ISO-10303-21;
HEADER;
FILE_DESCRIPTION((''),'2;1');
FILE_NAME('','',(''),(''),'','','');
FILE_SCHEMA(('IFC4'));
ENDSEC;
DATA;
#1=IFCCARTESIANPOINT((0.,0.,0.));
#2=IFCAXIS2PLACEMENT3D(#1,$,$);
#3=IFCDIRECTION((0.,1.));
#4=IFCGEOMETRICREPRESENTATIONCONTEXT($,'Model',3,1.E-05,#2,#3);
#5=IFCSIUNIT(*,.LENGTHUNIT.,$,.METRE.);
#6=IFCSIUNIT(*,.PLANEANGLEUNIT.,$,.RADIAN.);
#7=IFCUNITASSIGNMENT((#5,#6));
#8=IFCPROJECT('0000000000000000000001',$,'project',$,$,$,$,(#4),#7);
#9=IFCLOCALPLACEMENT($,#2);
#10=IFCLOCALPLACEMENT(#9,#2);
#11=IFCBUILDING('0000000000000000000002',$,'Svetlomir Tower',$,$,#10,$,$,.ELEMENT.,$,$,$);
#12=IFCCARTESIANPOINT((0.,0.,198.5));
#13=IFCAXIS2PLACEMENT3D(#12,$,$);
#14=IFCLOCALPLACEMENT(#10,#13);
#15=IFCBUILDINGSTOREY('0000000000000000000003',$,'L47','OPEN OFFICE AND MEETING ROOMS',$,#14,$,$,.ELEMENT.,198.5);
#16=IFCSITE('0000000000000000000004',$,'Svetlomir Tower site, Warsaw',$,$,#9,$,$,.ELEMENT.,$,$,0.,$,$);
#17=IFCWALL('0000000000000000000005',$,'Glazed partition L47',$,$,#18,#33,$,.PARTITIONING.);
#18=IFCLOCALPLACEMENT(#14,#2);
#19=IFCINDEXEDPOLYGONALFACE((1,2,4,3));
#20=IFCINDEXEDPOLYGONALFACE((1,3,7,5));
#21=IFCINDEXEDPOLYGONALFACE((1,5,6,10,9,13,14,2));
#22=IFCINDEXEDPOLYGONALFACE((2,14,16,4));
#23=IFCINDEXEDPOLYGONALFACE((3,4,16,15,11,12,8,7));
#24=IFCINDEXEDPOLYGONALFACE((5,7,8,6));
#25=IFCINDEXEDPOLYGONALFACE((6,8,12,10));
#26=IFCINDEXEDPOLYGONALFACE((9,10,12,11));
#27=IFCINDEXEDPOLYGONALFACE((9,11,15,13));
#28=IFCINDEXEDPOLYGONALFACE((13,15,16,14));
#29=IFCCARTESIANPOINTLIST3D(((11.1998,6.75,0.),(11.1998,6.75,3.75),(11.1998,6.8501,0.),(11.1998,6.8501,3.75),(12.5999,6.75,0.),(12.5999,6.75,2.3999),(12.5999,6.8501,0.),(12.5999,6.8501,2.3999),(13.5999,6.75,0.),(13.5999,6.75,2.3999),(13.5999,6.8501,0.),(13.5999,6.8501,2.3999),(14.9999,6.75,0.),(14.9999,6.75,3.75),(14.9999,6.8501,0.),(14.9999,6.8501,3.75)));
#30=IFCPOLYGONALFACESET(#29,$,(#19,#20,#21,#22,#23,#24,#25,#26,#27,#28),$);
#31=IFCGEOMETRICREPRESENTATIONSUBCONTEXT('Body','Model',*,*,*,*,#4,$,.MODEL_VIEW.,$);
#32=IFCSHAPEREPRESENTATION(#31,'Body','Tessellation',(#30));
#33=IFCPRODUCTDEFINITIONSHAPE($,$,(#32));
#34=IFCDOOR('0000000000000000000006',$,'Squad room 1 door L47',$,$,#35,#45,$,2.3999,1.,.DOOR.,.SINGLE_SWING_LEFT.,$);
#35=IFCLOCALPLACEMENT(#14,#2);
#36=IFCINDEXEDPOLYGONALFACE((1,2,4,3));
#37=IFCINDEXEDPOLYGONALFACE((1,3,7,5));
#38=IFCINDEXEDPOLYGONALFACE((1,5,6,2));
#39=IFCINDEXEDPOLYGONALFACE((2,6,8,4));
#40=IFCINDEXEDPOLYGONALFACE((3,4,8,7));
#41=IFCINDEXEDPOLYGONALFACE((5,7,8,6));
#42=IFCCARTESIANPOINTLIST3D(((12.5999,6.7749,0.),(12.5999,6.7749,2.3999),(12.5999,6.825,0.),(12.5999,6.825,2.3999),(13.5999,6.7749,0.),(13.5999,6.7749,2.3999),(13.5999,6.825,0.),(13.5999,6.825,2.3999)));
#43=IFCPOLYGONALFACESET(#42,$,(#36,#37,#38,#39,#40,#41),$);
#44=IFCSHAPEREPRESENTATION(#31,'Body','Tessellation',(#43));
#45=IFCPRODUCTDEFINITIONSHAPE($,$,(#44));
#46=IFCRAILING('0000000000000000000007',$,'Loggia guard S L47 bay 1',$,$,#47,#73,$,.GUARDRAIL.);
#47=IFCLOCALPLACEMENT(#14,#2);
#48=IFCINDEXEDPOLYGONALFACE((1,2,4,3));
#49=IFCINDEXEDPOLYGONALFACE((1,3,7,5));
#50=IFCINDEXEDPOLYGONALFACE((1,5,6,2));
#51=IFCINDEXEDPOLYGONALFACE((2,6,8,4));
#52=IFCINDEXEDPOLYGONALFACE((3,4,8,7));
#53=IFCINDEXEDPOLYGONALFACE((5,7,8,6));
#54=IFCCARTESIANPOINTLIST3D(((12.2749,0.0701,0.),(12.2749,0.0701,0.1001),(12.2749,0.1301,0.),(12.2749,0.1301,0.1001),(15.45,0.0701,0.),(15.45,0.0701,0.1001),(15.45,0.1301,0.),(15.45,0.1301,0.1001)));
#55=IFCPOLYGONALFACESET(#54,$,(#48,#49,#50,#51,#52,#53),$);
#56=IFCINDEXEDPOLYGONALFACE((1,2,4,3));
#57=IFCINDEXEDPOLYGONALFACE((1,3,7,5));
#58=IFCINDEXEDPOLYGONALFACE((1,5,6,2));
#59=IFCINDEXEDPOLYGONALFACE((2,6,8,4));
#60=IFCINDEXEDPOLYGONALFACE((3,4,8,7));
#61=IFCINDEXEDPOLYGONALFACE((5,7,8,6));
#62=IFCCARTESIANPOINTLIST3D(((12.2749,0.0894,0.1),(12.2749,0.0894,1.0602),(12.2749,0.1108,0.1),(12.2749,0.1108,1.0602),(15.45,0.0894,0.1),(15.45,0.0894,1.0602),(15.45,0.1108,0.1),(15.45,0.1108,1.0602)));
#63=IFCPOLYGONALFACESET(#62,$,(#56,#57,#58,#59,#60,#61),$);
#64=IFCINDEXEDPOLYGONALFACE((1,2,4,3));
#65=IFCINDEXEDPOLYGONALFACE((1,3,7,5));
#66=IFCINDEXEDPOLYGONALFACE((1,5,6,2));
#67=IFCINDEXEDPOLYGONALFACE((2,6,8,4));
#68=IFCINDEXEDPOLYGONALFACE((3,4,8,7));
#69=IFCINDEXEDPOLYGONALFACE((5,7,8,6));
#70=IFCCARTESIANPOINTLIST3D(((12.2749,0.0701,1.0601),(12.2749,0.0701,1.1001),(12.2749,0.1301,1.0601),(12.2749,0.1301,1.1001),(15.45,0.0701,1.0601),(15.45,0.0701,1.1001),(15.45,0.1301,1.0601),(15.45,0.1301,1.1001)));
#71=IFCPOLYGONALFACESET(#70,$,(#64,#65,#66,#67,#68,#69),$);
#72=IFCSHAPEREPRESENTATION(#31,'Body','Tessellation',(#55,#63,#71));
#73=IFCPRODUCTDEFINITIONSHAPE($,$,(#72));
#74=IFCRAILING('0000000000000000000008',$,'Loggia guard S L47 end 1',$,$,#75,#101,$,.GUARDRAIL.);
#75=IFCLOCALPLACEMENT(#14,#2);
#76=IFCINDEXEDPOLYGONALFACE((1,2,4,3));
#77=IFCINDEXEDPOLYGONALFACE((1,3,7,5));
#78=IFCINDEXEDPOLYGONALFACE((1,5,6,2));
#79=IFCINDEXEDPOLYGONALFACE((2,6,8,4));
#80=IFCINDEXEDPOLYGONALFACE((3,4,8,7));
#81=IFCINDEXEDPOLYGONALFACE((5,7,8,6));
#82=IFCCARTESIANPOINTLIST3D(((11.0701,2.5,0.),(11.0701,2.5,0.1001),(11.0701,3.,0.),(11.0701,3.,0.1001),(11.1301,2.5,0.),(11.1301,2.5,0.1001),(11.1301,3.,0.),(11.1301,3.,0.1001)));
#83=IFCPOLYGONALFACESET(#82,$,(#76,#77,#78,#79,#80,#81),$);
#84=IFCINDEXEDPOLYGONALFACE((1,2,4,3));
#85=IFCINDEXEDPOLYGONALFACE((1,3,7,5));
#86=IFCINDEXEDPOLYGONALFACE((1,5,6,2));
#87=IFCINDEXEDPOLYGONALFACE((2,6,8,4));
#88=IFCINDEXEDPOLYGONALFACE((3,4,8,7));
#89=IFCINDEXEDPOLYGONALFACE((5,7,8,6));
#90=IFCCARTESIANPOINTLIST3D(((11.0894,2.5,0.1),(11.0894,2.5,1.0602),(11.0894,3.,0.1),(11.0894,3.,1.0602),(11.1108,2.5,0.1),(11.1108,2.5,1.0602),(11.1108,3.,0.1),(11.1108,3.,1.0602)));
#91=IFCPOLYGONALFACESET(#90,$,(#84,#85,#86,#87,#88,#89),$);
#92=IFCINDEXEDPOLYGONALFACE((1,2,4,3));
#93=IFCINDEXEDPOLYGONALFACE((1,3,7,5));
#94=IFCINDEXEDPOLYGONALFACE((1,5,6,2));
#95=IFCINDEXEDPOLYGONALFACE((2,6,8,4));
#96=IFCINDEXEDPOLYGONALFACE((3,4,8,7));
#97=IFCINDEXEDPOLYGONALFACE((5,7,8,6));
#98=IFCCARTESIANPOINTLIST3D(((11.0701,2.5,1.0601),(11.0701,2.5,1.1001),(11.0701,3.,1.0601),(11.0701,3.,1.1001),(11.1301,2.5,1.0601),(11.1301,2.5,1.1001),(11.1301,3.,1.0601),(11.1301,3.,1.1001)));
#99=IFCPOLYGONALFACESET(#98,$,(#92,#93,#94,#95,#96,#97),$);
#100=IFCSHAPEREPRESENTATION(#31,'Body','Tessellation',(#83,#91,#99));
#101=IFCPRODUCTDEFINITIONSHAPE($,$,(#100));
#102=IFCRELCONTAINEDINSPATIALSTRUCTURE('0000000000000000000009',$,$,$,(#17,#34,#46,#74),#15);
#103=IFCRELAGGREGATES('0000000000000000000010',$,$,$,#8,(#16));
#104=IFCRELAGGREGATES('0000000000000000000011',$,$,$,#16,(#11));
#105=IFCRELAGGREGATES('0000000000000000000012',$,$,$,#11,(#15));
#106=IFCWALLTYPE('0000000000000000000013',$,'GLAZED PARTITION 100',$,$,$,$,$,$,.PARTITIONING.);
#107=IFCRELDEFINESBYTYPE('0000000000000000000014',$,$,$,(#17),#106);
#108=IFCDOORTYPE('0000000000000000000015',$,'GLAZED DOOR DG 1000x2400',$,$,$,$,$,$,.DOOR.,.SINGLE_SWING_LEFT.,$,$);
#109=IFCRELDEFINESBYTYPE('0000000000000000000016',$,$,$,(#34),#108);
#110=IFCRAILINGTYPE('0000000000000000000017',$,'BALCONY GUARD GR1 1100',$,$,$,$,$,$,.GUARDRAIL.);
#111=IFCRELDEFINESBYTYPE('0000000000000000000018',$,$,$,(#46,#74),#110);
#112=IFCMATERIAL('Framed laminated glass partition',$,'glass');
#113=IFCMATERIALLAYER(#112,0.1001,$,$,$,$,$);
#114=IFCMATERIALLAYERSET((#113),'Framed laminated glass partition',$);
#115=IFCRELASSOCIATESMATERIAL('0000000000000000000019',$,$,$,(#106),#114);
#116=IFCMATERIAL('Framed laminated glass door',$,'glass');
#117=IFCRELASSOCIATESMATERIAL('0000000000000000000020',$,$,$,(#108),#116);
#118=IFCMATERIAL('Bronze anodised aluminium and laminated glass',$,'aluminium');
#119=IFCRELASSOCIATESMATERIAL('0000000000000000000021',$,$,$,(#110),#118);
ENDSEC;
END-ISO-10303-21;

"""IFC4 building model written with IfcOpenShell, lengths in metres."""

from ifc_helpers import new_model, si_unit, direction, frame, frame_2d, origin, origin_2d, place, context, subcontext, project, spatial, rectangle, extrude, material, layer, layer_set, type_object, element, fill, save


model = new_model("IFC4")

# Units and contexts
model_context = context("Model", 3, precision=1e-05, world=origin(), true_north=direction((0.0, 1.0)))
body_context = subcontext(model_context, "Body", "Model", "MODEL_VIEW")
ifc_project = project(units=[si_unit("LENGTHUNIT", "METRE"), si_unit("PLANEANGLEUNIT", "RADIAN")], contexts=[model_context])

# Site, building, storey
site_placement = place(None, origin())
site = spatial("IfcSite", under=ifc_project, at=site_placement, Name="Svetlomir Tower site, Warsaw", CompositionType="ELEMENT", RefElevation=0.0)
building_placement = place(site_placement, origin())
building = spatial("IfcBuilding", under=site, at=building_placement, Name="Svetlomir Tower", CompositionType="ELEMENT")
storey_placement = place(building_placement, frame((0.0, 0.0, 198.5)))
storey = spatial("IfcBuildingStorey", under=building, at=storey_placement, Name="L47", Description="OPEN OFFICE AND MEETING ROOMS", CompositionType="ELEMENT", Elevation=198.5)

# Shared definitions
ifc_material_1 = material(Name="Framed laminated glass partition", Category="glass")
ifc_layer_1 = layer(ifc_material_1, 0.1001)
ifc_layer_set_1 = layer_set([ifc_layer_1], Name="Framed laminated glass partition")
wall_type = type_object("IfcWallType", Name="GLAZED PARTITION 100", PredefinedType="PARTITIONING", material=ifc_layer_set_1)

# Wall, opening, door
wall_1_placement = place(storey_placement, frame((11.2, 6.8, 0.0), z_axis=(0.0, 0.0, 1.0), x_axis=(1.0, 0.0, 0.0)))
wall_1 = element("IfcWall", 1, at=wall_1_placement, inside=storey, type_object=wall_type, Name="Glazed partition L47", PredefinedType="PARTITIONING", context=body_context, shape_type="SweptSolid", body=[
    extrude(rectangle(XDim=3.8, YDim=0.1001, at=frame_2d((1.8999, 0.0))), origin(), (0.0, 0.0, 1.0), 3.75),
])
opening_placement = place(wall_1_placement, frame((1.3999, 0.0, 0.0)))
opening = element("IfcOpeningElement", 2, at=opening_placement, cuts=wall_1, PredefinedType="OPENING", context=body_context, shape_type="SweptSolid", body=[
    extrude(rectangle(XDim=1.0, YDim=2.3999, at=frame_2d((0.5, 1.2))), frame((0.0, 0.0601, 0.0), z_axis=(0.0, -1.0, 0.0), x_axis=(1.0, 0.0, 0.0)), (0.0, 0.0, 1.0), 0.1201),
])
ifc_material_2 = material(Name="Framed laminated glass door", Category="glass")
door_type = type_object("IfcDoorType", Name="GLAZED DOOR DG 1000x2400", OperationType="SINGLE_SWING_LEFT", PredefinedType="DOOR", material=ifc_material_2)
door_placement = place(opening_placement, origin())
door = element("IfcDoor", 3, at=door_placement, inside=storey, type_object=door_type, Name="Squad room 1 door L47", OperationType="SINGLE_SWING_LEFT", OverallHeight=2.3999, OverallWidth=1.0, PredefinedType="DOOR", context=body_context, shape_type="SweptSolid", body=[
    extrude(rectangle(XDim=1.0, YDim=2.3999, at=frame_2d((0.5, 1.2))), frame((0.0, 0.0249, 0.0), z_axis=(0.0, -1.0, 0.0), x_axis=(1.0, 0.0, 0.0)), (0.0, 0.0, 1.0), 0.05),
])
fill(opening, door)

# Railings
ifc_material_3 = material(Name="Bronze anodised aluminium and laminated glass", Category="aluminium")
railing_type = type_object("IfcRailingType", Name="BALCONY GUARD GR1 1100", PredefinedType="GUARDRAIL", material=ifc_material_3)
railing_1_placement = place(storey_placement, frame((12.2749, 0.1001, 0.0)))
element("IfcRailing", 4, at=railing_1_placement, inside=storey, type_object=railing_type, Name="Loggia guard S L47 bay 1", PredefinedType="GUARDRAIL", context=body_context, shape_type="SweptSolid", body=[
    extrude(rectangle(XDim=0.0601, YDim=0.1001, at=origin_2d()), frame((0.0, 0.0, 0.05), z_axis=(1.0, 0.0, 0.0), x_axis=(0.0, 1.0, 0.0)), (0.0, 0.0, 1.0), 3.175),
    extrude(rectangle(XDim=0.0215, YDim=0.9602, at=origin_2d()), frame((0.0, 0.0, 0.5801), z_axis=(1.0, 0.0, 0.0), x_axis=(0.0, 1.0, 0.0)), (0.0, 0.0, 1.0), 3.175),
    extrude(rectangle(XDim=0.0601, YDim=0.04, at=origin_2d()), frame((0.0, 0.0, 1.0801), z_axis=(1.0, 0.0, 0.0), x_axis=(0.0, 1.0, 0.0)), (0.0, 0.0, 1.0), 3.175),
])
railing_2_placement = place(storey_placement, frame((11.1001, 2.5, 0.0)))
element("IfcRailing", 5, at=railing_2_placement, inside=storey, type_object=railing_type, Name="Loggia guard S L47 end 1", PredefinedType="GUARDRAIL", context=body_context, shape_type="SweptSolid", body=[
    extrude(rectangle(XDim=0.0601, YDim=0.1001, at=origin_2d()), frame((0.0, 0.0, 0.05), z_axis=(0.0, 1.0, 0.0), x_axis=(-1.0, 0.0, 0.0)), (0.0, 0.0, 1.0), 0.5),
    extrude(rectangle(XDim=0.0215, YDim=0.9602, at=origin_2d()), frame((0.0, 0.0, 0.5801), z_axis=(0.0, 1.0, 0.0), x_axis=(-1.0, 0.0, 0.0)), (0.0, 0.0, 1.0), 0.5),
    extrude(rectangle(XDim=0.0601, YDim=0.04, at=origin_2d()), frame((0.0, 0.0, 1.0801), z_axis=(0.0, 1.0, 0.0), x_axis=(-1.0, 0.0, 0.0)), (0.0, 0.0, 1.0), 0.5),
])

save(model, "model.ifc")
